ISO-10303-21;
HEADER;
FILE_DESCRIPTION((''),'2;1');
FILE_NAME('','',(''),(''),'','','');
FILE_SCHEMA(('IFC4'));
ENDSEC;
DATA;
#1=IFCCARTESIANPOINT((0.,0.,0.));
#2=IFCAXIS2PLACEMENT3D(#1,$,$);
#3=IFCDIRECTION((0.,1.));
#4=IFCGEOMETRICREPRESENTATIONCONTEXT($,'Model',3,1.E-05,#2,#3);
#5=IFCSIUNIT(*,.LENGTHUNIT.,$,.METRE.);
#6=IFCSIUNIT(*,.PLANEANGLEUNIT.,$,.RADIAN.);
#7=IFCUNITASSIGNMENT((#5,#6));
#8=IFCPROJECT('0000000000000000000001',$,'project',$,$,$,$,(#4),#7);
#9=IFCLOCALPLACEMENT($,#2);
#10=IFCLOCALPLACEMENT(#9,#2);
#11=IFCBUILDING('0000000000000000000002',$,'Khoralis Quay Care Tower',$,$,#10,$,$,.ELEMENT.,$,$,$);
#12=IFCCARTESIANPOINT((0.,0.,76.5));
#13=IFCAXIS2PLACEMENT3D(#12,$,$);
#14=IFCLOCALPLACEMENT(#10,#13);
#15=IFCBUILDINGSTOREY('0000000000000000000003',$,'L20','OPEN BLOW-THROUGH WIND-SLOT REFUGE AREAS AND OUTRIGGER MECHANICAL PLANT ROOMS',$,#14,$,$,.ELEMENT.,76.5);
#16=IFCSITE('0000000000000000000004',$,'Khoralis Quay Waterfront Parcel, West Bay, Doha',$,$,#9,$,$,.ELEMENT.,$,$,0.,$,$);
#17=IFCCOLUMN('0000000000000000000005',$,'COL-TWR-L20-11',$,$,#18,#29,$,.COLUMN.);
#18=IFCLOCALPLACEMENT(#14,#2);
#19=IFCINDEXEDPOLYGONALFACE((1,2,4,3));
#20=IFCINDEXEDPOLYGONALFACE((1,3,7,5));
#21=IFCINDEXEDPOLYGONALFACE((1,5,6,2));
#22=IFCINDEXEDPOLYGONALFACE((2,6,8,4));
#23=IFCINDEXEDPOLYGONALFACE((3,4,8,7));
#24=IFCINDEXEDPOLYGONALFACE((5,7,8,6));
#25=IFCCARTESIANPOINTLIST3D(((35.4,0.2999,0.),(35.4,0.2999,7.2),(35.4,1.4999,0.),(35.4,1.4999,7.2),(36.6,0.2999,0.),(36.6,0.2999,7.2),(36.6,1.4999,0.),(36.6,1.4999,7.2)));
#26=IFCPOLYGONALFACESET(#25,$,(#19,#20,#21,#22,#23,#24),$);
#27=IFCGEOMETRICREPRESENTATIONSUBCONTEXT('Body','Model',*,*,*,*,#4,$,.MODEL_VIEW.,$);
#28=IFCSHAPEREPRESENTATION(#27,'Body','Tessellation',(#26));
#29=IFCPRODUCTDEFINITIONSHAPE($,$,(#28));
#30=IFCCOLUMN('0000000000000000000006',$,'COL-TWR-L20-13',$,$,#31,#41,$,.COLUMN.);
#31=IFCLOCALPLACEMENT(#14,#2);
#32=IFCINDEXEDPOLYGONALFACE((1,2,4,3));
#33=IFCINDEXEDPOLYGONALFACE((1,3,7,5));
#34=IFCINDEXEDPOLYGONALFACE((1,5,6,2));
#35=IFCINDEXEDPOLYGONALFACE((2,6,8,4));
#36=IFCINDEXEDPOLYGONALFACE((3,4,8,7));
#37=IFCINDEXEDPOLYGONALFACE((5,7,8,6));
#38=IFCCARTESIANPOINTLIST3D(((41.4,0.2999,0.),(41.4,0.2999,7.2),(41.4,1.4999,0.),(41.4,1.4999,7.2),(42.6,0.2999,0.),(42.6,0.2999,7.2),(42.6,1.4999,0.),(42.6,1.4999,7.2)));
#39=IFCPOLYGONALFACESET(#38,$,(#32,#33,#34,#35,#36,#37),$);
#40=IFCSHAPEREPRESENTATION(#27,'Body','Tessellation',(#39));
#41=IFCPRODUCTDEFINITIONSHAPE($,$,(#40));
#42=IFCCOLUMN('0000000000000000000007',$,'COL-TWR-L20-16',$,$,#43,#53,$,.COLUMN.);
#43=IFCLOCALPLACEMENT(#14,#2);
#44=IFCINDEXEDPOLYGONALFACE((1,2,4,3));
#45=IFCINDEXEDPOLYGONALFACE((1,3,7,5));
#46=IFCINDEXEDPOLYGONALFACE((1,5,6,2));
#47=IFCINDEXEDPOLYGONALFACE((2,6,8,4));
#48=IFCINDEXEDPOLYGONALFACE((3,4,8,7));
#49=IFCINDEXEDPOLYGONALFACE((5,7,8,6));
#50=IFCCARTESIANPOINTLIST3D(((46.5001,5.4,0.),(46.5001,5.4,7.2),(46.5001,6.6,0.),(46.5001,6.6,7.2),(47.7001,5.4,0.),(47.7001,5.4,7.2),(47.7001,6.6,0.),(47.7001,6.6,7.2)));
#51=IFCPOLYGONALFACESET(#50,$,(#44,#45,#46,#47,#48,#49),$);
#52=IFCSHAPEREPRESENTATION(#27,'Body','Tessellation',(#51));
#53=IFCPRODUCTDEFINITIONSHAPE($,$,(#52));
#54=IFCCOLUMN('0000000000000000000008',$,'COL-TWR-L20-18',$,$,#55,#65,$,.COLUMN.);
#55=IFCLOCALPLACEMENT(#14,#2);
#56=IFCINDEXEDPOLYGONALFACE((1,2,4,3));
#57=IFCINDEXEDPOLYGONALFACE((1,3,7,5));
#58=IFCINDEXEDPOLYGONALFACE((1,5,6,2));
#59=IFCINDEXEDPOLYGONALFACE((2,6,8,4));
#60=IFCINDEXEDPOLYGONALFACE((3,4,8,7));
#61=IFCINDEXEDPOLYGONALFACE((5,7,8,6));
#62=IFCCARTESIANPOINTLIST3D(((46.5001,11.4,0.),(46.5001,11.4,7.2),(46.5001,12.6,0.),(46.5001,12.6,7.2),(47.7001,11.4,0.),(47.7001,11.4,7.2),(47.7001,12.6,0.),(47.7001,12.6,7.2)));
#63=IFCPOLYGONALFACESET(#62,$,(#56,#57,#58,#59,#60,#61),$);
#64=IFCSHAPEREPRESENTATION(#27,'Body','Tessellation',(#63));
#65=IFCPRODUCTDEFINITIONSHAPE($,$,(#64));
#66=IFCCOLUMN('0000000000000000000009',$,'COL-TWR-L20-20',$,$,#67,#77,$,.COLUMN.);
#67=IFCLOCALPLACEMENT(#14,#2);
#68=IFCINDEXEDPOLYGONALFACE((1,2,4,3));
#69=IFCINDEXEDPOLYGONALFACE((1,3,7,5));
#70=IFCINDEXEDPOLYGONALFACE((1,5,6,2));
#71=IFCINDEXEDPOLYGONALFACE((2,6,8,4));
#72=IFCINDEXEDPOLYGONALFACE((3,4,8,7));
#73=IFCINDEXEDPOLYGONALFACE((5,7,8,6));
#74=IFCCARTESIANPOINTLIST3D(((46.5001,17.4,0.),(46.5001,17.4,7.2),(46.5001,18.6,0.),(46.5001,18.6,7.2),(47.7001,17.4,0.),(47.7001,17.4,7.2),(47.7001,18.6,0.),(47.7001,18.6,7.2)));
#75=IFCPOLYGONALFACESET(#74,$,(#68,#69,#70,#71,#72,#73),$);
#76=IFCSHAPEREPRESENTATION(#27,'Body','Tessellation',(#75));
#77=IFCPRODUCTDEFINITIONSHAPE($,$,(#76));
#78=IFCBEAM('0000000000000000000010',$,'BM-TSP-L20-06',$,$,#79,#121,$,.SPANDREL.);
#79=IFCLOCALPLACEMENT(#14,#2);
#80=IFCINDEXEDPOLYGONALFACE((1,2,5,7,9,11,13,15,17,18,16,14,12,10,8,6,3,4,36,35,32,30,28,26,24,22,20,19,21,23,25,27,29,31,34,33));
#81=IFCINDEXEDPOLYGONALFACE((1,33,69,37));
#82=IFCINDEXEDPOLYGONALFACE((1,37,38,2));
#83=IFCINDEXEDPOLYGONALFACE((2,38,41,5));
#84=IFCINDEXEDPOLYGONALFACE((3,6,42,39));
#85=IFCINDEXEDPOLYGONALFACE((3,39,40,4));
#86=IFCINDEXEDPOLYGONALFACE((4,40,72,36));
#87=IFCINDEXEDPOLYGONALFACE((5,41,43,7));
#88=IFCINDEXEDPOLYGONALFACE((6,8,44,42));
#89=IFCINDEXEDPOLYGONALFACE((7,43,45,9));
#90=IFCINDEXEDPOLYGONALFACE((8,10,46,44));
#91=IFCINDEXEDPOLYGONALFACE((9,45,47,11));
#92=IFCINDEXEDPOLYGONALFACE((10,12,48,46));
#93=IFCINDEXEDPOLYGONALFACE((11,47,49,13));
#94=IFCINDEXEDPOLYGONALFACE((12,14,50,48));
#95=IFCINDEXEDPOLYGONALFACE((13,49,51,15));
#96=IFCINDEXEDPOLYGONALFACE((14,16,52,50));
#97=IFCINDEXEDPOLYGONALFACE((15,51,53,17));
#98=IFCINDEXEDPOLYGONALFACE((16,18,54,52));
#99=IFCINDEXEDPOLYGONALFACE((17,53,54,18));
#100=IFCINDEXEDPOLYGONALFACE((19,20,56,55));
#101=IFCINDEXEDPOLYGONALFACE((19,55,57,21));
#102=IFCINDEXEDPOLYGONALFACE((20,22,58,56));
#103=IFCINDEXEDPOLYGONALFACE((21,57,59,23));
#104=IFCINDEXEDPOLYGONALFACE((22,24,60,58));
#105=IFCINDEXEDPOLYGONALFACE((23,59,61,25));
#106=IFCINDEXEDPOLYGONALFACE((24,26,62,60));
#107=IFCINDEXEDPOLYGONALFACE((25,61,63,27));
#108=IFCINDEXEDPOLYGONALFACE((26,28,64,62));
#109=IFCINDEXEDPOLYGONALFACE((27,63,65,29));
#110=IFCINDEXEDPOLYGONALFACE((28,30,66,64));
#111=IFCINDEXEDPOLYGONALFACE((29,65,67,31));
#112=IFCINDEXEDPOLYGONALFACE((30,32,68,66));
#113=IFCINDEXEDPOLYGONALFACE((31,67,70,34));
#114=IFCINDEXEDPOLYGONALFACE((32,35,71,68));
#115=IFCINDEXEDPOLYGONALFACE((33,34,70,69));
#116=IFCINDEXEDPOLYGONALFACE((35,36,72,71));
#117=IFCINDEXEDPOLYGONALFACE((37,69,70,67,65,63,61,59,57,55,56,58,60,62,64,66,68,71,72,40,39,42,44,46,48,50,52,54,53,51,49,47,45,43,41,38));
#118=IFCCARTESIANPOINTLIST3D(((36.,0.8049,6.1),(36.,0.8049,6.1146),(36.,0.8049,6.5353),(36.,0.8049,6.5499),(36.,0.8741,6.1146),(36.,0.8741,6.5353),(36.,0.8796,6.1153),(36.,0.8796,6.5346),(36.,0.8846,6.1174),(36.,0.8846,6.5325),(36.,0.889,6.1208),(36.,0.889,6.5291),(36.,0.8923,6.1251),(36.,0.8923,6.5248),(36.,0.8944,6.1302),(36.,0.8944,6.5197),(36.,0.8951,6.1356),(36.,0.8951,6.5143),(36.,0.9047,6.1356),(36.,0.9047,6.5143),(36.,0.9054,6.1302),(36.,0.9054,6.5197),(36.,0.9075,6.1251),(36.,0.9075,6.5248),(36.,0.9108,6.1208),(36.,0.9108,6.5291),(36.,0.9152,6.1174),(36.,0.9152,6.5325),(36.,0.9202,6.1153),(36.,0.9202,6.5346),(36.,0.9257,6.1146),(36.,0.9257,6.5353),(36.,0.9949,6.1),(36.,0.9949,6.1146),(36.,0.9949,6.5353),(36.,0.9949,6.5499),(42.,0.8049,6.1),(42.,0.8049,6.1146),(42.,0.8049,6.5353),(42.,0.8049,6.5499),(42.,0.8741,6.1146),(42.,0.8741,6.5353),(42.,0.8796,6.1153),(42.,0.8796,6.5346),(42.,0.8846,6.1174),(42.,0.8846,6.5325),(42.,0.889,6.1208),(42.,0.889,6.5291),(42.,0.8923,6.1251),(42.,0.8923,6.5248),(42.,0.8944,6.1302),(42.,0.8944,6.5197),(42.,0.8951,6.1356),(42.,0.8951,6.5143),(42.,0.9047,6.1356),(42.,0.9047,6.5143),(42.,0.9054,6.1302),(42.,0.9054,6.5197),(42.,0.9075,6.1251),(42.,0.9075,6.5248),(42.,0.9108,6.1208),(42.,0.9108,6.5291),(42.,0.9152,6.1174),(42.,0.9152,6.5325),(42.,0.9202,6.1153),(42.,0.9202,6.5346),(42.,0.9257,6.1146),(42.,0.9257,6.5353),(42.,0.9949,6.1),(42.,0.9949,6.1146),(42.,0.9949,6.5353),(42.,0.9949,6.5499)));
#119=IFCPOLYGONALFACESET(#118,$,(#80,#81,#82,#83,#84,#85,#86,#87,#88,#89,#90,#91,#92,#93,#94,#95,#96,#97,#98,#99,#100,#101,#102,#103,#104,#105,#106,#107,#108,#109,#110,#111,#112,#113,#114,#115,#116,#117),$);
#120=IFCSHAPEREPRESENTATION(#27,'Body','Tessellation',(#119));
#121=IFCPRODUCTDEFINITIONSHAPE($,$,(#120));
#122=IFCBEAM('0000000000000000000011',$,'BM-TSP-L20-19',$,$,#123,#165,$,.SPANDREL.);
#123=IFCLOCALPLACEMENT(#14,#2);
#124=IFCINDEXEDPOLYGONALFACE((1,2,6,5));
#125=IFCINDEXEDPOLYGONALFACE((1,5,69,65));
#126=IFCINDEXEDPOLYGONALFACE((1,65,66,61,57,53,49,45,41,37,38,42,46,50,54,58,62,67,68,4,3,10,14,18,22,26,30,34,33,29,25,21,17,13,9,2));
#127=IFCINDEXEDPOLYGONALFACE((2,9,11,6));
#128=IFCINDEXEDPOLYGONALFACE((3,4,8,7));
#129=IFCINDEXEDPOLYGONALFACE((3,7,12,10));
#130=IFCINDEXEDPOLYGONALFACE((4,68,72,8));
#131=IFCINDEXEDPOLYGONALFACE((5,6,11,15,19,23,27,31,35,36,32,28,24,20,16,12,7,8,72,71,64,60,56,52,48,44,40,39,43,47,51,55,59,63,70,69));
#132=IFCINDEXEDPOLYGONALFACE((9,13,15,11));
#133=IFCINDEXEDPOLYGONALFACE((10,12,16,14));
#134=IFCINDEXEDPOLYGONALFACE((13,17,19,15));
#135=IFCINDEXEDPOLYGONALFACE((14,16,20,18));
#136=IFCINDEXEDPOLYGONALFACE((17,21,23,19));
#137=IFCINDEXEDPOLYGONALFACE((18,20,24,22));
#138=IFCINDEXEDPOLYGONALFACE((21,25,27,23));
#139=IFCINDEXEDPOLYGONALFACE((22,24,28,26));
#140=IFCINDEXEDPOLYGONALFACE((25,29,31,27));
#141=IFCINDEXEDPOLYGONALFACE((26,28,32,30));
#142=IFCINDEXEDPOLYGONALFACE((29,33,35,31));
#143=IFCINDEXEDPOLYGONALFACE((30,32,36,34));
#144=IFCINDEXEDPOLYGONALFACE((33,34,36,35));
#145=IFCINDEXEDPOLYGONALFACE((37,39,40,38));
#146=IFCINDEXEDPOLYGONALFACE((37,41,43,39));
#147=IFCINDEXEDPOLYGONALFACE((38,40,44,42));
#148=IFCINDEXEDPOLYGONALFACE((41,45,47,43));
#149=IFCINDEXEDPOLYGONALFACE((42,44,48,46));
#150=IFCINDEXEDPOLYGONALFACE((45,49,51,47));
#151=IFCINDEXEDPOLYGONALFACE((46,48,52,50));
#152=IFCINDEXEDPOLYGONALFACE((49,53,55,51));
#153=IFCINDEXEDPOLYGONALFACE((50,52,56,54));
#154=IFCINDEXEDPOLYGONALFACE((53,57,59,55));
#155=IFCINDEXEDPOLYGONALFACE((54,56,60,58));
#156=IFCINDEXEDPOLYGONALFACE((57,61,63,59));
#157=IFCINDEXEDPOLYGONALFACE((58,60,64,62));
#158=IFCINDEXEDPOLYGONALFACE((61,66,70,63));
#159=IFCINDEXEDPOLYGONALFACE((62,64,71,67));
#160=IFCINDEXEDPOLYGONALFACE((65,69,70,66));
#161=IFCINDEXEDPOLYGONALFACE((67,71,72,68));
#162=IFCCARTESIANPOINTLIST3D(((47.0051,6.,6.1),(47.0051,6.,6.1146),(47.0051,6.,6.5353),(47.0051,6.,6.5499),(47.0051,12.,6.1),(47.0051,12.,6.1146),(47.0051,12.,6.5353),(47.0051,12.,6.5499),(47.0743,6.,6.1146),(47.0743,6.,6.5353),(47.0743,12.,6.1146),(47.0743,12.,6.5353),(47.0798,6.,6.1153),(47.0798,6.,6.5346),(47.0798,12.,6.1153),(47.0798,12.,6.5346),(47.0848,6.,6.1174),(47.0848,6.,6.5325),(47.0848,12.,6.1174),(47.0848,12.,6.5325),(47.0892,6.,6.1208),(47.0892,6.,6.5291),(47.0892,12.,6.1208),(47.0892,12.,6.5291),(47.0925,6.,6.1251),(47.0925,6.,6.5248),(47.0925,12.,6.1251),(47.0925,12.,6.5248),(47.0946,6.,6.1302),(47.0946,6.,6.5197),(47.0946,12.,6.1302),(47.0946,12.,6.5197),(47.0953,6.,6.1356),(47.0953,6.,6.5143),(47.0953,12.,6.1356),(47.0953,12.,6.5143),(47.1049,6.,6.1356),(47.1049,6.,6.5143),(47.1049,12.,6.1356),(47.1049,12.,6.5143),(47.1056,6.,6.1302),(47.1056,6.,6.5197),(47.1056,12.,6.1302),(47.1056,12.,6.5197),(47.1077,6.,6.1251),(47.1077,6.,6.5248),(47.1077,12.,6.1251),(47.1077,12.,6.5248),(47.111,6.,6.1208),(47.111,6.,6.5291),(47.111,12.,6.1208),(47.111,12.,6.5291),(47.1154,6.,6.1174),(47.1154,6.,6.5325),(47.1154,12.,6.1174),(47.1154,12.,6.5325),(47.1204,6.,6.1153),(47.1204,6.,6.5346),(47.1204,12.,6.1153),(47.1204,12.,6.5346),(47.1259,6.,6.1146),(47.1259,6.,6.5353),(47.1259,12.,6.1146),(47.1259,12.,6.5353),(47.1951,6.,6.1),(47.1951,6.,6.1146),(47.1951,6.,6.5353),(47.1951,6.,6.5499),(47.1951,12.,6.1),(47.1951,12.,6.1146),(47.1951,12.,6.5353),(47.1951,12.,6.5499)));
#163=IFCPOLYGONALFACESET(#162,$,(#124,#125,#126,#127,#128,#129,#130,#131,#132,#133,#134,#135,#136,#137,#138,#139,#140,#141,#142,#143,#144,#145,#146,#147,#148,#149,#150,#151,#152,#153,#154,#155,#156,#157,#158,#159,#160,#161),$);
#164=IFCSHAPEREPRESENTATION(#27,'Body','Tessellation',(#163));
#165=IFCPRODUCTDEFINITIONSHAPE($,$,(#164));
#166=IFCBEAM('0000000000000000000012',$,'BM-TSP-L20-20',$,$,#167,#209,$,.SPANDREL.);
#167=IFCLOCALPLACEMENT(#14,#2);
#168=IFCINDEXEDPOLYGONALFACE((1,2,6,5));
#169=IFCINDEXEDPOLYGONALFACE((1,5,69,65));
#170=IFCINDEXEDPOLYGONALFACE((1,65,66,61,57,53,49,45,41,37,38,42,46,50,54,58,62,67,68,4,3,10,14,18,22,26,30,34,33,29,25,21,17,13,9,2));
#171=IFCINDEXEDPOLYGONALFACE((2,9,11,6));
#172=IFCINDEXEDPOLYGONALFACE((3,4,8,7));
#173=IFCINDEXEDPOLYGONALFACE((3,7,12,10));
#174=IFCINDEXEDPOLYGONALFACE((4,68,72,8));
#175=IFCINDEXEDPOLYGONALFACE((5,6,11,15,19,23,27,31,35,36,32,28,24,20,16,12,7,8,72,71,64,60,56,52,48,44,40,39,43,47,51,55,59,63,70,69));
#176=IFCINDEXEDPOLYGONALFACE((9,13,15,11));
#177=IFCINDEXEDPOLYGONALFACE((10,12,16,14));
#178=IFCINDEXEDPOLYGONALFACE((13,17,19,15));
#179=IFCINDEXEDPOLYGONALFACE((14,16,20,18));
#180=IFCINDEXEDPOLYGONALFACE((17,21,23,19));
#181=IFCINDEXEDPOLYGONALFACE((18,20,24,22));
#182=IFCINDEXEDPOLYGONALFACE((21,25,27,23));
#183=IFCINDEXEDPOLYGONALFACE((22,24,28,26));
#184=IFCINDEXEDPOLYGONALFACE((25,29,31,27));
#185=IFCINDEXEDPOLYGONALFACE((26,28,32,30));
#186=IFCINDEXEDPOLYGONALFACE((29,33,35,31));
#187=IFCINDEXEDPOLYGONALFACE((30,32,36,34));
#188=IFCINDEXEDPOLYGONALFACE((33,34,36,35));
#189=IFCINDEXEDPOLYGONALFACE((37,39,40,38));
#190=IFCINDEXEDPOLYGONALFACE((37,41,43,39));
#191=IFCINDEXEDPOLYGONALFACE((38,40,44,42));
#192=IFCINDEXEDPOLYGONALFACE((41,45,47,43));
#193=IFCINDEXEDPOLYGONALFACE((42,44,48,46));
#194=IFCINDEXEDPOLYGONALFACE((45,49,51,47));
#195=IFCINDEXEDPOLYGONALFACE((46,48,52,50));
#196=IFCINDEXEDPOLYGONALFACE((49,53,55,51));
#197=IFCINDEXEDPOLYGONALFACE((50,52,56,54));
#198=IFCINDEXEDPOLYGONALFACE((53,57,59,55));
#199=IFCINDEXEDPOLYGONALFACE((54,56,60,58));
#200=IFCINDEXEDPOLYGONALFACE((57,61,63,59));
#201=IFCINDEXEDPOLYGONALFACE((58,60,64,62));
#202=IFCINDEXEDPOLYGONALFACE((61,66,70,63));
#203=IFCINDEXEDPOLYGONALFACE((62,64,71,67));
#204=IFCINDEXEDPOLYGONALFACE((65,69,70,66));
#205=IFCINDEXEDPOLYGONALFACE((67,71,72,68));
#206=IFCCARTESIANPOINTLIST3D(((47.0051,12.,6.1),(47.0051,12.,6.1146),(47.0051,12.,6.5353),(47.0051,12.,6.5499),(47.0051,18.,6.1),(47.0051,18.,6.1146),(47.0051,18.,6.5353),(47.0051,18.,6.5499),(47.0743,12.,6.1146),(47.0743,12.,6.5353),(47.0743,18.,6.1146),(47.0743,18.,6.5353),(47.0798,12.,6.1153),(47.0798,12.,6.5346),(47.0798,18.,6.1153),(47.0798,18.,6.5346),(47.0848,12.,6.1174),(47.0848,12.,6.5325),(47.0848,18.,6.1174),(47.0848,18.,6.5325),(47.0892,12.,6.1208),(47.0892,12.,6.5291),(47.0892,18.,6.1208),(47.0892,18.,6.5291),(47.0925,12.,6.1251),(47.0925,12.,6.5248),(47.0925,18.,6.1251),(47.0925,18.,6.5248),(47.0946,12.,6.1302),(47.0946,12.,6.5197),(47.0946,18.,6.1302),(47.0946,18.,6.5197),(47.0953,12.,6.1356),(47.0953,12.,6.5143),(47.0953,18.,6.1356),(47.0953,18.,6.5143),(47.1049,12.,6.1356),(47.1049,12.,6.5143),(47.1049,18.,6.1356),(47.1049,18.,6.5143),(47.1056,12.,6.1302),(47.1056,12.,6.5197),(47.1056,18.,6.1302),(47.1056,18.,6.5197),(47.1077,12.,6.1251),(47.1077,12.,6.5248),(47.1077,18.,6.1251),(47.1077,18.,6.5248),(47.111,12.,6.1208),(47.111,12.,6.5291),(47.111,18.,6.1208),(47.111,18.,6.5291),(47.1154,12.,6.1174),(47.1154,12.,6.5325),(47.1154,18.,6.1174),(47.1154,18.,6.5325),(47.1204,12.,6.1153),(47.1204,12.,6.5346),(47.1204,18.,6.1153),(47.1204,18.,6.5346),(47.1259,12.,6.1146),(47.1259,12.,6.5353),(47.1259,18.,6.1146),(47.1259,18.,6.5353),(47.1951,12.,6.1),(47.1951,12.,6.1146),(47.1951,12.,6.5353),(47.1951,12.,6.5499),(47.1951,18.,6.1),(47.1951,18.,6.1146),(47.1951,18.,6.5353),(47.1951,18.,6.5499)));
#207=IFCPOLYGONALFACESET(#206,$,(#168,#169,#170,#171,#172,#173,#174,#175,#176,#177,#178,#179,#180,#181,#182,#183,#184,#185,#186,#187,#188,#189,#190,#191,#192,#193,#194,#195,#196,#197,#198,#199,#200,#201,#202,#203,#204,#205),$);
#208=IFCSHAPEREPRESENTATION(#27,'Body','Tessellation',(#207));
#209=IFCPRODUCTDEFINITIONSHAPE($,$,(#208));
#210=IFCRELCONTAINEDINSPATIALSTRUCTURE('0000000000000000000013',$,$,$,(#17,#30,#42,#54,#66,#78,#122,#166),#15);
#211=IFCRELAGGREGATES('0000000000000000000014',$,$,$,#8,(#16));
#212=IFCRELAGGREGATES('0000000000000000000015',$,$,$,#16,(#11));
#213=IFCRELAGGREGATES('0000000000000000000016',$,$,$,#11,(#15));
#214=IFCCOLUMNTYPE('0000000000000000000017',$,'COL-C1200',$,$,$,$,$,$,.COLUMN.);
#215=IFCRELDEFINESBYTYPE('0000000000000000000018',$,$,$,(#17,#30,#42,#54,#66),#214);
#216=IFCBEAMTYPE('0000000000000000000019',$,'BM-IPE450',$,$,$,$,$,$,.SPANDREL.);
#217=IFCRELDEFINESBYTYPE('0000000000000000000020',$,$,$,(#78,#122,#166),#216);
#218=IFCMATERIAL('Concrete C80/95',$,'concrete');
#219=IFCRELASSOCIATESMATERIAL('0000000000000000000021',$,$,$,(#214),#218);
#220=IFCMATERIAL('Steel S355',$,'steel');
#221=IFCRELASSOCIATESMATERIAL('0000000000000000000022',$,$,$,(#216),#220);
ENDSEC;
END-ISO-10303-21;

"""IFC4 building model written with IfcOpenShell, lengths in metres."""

from ifc_helpers import new_model, si_unit, direction, frame, origin, origin_2d, place, context, subcontext, project, spatial, rectangle, i_section, extrude, source, transform, mapped, material, material_profile, profile_set, type_object, element, save


model = new_model("IFC4")

# Units and contexts
model_context = context("Model", 3, precision=1e-05, world=origin(), true_north=direction((0.0, 1.0)))
body_context = subcontext(model_context, "Body", "Model", "MODEL_VIEW")
ifc_project = project(units=[si_unit("LENGTHUNIT", "METRE"), si_unit("PLANEANGLEUNIT", "RADIAN")], contexts=[model_context])

# Site, building, storey
site_placement = place(None, origin())
site = spatial("IfcSite", under=ifc_project, at=site_placement, Name="Khoralis Quay Waterfront Parcel, West Bay, Doha", CompositionType="ELEMENT", RefElevation=0.0)
building_placement = place(site_placement, origin())
building = spatial("IfcBuilding", under=site, at=building_placement, Name="Khoralis Quay Care Tower", CompositionType="ELEMENT")
storey_placement = place(building_placement, frame((0.0, 0.0, 76.5)))
storey = spatial("IfcBuildingStorey", under=building, at=storey_placement, Name="L20", Description="OPEN BLOW-THROUGH WIND-SLOT REFUGE AREAS AND OUTRIGGER MECHANICAL PLANT ROOMS", CompositionType="ELEMENT", Elevation=76.5)

# Columns
ifc_material_1 = material(Name="Concrete C80/95", Category="concrete")
ifc_material_profile_1 = material_profile(ifc_material_1, rectangle(XDim=1.2, YDim=1.2, at=origin_2d()), Name="Concrete C80/95")
ifc_profile_set_1 = profile_set([ifc_material_profile_1], Name="Concrete C80/95")
column_type = type_object("IfcColumnType", Name="COL-C1200", PredefinedType="COLUMN", material=ifc_profile_set_1)
shared_shape_1 = source(origin(), body_context, "Body", "SweptSolid", [
    extrude(rectangle(XDim=1.2, YDim=1.2, at=origin_2d()), origin(), (0.0, 0.0, 1.0), 7.2),
])
for number, where, z_axis, x_axis, name in (
    (1, (36.0, 0.8999, 0.0), (0.0, 0.0, 1.0), (1.0, 0.0, 0.0), "COL-TWR-L20-11"),
    (2, (42.0, 0.8999, 0.0), (0.0, 0.0, 1.0), (1.0, 0.0, 0.0), "COL-TWR-L20-13"),
    (3, (47.1001, 6.0, 0.0), (0.0, 0.0, 1.0), (1.0, 0.0, 0.0), "COL-TWR-L20-16"),
    (4, (47.1001, 12.0, 0.0), (0.0, 0.0, 1.0), (1.0, 0.0, 0.0), "COL-TWR-L20-18"),
    (5, (47.1001, 18.0, 0.0), (0.0, 0.0, 1.0), (1.0, 0.0, 0.0), "COL-TWR-L20-20"),
):
    element("IfcColumn", number, at=place(storey_placement, frame(where, z_axis=z_axis, x_axis=x_axis)), inside=storey, type_object=column_type, Name=name, PredefinedType="COLUMN", context=body_context, shape_type="MappedRepresentation", body=[
        mapped(shared_shape_1, transform((0.0, 0.0, 0.0), scale=1.0)),
    ])

# Beams
ifc_material_2 = material(Name="Steel S355", Category="steel")
ifc_material_profile_2 = material_profile(ifc_material_2, i_section(OverallWidth=0.1899, OverallDepth=0.45, WebThickness=0.0095, FlangeThickness=0.0146, FilletRadius=0.021, at=origin_2d()), Name="Steel S355")
ifc_profile_set_2 = profile_set([ifc_material_profile_2], Name="Steel S355")
beam_type_1 = type_object("IfcBeamType", Name="BM-IPE450", PredefinedType="SPANDREL", material=ifc_profile_set_2)
shared_shape_2 = source(origin(), body_context, "Body", "SweptSolid", [
    extrude(i_section(OverallWidth=0.1899, OverallDepth=0.45, WebThickness=0.0095, FlangeThickness=0.0146, FilletRadius=0.021, at=origin_2d()), origin(), (0.0, 0.0, 1.0), 6.0),
])
for number, where, z_axis, x_axis, name in (
    (6, (36.0, 0.8999, 6.325), (1.0, 0.0, 0.0), (0.0, 1.0, 0.0), "BM-TSP-L20-06"),
    (7, (47.1001, 6.0, 6.325), (0.0, 1.0, 0.0), (-1.0, 0.0, 0.0), "BM-TSP-L20-19"),
    (8, (47.1001, 12.0, 6.325), (0.0, 1.0, 0.0), (-1.0, 0.0, 0.0), "BM-TSP-L20-20"),
):
    element("IfcBeam", number, at=place(storey_placement, frame(where, z_axis=z_axis, x_axis=x_axis)), inside=storey, type_object=beam_type_1, Name=name, PredefinedType="SPANDREL", context=body_context, shape_type="MappedRepresentation", body=[
        mapped(shared_shape_2, transform((0.0, 0.0, 0.0), scale=1.0)),
    ])

save(model, "model.ifc")
